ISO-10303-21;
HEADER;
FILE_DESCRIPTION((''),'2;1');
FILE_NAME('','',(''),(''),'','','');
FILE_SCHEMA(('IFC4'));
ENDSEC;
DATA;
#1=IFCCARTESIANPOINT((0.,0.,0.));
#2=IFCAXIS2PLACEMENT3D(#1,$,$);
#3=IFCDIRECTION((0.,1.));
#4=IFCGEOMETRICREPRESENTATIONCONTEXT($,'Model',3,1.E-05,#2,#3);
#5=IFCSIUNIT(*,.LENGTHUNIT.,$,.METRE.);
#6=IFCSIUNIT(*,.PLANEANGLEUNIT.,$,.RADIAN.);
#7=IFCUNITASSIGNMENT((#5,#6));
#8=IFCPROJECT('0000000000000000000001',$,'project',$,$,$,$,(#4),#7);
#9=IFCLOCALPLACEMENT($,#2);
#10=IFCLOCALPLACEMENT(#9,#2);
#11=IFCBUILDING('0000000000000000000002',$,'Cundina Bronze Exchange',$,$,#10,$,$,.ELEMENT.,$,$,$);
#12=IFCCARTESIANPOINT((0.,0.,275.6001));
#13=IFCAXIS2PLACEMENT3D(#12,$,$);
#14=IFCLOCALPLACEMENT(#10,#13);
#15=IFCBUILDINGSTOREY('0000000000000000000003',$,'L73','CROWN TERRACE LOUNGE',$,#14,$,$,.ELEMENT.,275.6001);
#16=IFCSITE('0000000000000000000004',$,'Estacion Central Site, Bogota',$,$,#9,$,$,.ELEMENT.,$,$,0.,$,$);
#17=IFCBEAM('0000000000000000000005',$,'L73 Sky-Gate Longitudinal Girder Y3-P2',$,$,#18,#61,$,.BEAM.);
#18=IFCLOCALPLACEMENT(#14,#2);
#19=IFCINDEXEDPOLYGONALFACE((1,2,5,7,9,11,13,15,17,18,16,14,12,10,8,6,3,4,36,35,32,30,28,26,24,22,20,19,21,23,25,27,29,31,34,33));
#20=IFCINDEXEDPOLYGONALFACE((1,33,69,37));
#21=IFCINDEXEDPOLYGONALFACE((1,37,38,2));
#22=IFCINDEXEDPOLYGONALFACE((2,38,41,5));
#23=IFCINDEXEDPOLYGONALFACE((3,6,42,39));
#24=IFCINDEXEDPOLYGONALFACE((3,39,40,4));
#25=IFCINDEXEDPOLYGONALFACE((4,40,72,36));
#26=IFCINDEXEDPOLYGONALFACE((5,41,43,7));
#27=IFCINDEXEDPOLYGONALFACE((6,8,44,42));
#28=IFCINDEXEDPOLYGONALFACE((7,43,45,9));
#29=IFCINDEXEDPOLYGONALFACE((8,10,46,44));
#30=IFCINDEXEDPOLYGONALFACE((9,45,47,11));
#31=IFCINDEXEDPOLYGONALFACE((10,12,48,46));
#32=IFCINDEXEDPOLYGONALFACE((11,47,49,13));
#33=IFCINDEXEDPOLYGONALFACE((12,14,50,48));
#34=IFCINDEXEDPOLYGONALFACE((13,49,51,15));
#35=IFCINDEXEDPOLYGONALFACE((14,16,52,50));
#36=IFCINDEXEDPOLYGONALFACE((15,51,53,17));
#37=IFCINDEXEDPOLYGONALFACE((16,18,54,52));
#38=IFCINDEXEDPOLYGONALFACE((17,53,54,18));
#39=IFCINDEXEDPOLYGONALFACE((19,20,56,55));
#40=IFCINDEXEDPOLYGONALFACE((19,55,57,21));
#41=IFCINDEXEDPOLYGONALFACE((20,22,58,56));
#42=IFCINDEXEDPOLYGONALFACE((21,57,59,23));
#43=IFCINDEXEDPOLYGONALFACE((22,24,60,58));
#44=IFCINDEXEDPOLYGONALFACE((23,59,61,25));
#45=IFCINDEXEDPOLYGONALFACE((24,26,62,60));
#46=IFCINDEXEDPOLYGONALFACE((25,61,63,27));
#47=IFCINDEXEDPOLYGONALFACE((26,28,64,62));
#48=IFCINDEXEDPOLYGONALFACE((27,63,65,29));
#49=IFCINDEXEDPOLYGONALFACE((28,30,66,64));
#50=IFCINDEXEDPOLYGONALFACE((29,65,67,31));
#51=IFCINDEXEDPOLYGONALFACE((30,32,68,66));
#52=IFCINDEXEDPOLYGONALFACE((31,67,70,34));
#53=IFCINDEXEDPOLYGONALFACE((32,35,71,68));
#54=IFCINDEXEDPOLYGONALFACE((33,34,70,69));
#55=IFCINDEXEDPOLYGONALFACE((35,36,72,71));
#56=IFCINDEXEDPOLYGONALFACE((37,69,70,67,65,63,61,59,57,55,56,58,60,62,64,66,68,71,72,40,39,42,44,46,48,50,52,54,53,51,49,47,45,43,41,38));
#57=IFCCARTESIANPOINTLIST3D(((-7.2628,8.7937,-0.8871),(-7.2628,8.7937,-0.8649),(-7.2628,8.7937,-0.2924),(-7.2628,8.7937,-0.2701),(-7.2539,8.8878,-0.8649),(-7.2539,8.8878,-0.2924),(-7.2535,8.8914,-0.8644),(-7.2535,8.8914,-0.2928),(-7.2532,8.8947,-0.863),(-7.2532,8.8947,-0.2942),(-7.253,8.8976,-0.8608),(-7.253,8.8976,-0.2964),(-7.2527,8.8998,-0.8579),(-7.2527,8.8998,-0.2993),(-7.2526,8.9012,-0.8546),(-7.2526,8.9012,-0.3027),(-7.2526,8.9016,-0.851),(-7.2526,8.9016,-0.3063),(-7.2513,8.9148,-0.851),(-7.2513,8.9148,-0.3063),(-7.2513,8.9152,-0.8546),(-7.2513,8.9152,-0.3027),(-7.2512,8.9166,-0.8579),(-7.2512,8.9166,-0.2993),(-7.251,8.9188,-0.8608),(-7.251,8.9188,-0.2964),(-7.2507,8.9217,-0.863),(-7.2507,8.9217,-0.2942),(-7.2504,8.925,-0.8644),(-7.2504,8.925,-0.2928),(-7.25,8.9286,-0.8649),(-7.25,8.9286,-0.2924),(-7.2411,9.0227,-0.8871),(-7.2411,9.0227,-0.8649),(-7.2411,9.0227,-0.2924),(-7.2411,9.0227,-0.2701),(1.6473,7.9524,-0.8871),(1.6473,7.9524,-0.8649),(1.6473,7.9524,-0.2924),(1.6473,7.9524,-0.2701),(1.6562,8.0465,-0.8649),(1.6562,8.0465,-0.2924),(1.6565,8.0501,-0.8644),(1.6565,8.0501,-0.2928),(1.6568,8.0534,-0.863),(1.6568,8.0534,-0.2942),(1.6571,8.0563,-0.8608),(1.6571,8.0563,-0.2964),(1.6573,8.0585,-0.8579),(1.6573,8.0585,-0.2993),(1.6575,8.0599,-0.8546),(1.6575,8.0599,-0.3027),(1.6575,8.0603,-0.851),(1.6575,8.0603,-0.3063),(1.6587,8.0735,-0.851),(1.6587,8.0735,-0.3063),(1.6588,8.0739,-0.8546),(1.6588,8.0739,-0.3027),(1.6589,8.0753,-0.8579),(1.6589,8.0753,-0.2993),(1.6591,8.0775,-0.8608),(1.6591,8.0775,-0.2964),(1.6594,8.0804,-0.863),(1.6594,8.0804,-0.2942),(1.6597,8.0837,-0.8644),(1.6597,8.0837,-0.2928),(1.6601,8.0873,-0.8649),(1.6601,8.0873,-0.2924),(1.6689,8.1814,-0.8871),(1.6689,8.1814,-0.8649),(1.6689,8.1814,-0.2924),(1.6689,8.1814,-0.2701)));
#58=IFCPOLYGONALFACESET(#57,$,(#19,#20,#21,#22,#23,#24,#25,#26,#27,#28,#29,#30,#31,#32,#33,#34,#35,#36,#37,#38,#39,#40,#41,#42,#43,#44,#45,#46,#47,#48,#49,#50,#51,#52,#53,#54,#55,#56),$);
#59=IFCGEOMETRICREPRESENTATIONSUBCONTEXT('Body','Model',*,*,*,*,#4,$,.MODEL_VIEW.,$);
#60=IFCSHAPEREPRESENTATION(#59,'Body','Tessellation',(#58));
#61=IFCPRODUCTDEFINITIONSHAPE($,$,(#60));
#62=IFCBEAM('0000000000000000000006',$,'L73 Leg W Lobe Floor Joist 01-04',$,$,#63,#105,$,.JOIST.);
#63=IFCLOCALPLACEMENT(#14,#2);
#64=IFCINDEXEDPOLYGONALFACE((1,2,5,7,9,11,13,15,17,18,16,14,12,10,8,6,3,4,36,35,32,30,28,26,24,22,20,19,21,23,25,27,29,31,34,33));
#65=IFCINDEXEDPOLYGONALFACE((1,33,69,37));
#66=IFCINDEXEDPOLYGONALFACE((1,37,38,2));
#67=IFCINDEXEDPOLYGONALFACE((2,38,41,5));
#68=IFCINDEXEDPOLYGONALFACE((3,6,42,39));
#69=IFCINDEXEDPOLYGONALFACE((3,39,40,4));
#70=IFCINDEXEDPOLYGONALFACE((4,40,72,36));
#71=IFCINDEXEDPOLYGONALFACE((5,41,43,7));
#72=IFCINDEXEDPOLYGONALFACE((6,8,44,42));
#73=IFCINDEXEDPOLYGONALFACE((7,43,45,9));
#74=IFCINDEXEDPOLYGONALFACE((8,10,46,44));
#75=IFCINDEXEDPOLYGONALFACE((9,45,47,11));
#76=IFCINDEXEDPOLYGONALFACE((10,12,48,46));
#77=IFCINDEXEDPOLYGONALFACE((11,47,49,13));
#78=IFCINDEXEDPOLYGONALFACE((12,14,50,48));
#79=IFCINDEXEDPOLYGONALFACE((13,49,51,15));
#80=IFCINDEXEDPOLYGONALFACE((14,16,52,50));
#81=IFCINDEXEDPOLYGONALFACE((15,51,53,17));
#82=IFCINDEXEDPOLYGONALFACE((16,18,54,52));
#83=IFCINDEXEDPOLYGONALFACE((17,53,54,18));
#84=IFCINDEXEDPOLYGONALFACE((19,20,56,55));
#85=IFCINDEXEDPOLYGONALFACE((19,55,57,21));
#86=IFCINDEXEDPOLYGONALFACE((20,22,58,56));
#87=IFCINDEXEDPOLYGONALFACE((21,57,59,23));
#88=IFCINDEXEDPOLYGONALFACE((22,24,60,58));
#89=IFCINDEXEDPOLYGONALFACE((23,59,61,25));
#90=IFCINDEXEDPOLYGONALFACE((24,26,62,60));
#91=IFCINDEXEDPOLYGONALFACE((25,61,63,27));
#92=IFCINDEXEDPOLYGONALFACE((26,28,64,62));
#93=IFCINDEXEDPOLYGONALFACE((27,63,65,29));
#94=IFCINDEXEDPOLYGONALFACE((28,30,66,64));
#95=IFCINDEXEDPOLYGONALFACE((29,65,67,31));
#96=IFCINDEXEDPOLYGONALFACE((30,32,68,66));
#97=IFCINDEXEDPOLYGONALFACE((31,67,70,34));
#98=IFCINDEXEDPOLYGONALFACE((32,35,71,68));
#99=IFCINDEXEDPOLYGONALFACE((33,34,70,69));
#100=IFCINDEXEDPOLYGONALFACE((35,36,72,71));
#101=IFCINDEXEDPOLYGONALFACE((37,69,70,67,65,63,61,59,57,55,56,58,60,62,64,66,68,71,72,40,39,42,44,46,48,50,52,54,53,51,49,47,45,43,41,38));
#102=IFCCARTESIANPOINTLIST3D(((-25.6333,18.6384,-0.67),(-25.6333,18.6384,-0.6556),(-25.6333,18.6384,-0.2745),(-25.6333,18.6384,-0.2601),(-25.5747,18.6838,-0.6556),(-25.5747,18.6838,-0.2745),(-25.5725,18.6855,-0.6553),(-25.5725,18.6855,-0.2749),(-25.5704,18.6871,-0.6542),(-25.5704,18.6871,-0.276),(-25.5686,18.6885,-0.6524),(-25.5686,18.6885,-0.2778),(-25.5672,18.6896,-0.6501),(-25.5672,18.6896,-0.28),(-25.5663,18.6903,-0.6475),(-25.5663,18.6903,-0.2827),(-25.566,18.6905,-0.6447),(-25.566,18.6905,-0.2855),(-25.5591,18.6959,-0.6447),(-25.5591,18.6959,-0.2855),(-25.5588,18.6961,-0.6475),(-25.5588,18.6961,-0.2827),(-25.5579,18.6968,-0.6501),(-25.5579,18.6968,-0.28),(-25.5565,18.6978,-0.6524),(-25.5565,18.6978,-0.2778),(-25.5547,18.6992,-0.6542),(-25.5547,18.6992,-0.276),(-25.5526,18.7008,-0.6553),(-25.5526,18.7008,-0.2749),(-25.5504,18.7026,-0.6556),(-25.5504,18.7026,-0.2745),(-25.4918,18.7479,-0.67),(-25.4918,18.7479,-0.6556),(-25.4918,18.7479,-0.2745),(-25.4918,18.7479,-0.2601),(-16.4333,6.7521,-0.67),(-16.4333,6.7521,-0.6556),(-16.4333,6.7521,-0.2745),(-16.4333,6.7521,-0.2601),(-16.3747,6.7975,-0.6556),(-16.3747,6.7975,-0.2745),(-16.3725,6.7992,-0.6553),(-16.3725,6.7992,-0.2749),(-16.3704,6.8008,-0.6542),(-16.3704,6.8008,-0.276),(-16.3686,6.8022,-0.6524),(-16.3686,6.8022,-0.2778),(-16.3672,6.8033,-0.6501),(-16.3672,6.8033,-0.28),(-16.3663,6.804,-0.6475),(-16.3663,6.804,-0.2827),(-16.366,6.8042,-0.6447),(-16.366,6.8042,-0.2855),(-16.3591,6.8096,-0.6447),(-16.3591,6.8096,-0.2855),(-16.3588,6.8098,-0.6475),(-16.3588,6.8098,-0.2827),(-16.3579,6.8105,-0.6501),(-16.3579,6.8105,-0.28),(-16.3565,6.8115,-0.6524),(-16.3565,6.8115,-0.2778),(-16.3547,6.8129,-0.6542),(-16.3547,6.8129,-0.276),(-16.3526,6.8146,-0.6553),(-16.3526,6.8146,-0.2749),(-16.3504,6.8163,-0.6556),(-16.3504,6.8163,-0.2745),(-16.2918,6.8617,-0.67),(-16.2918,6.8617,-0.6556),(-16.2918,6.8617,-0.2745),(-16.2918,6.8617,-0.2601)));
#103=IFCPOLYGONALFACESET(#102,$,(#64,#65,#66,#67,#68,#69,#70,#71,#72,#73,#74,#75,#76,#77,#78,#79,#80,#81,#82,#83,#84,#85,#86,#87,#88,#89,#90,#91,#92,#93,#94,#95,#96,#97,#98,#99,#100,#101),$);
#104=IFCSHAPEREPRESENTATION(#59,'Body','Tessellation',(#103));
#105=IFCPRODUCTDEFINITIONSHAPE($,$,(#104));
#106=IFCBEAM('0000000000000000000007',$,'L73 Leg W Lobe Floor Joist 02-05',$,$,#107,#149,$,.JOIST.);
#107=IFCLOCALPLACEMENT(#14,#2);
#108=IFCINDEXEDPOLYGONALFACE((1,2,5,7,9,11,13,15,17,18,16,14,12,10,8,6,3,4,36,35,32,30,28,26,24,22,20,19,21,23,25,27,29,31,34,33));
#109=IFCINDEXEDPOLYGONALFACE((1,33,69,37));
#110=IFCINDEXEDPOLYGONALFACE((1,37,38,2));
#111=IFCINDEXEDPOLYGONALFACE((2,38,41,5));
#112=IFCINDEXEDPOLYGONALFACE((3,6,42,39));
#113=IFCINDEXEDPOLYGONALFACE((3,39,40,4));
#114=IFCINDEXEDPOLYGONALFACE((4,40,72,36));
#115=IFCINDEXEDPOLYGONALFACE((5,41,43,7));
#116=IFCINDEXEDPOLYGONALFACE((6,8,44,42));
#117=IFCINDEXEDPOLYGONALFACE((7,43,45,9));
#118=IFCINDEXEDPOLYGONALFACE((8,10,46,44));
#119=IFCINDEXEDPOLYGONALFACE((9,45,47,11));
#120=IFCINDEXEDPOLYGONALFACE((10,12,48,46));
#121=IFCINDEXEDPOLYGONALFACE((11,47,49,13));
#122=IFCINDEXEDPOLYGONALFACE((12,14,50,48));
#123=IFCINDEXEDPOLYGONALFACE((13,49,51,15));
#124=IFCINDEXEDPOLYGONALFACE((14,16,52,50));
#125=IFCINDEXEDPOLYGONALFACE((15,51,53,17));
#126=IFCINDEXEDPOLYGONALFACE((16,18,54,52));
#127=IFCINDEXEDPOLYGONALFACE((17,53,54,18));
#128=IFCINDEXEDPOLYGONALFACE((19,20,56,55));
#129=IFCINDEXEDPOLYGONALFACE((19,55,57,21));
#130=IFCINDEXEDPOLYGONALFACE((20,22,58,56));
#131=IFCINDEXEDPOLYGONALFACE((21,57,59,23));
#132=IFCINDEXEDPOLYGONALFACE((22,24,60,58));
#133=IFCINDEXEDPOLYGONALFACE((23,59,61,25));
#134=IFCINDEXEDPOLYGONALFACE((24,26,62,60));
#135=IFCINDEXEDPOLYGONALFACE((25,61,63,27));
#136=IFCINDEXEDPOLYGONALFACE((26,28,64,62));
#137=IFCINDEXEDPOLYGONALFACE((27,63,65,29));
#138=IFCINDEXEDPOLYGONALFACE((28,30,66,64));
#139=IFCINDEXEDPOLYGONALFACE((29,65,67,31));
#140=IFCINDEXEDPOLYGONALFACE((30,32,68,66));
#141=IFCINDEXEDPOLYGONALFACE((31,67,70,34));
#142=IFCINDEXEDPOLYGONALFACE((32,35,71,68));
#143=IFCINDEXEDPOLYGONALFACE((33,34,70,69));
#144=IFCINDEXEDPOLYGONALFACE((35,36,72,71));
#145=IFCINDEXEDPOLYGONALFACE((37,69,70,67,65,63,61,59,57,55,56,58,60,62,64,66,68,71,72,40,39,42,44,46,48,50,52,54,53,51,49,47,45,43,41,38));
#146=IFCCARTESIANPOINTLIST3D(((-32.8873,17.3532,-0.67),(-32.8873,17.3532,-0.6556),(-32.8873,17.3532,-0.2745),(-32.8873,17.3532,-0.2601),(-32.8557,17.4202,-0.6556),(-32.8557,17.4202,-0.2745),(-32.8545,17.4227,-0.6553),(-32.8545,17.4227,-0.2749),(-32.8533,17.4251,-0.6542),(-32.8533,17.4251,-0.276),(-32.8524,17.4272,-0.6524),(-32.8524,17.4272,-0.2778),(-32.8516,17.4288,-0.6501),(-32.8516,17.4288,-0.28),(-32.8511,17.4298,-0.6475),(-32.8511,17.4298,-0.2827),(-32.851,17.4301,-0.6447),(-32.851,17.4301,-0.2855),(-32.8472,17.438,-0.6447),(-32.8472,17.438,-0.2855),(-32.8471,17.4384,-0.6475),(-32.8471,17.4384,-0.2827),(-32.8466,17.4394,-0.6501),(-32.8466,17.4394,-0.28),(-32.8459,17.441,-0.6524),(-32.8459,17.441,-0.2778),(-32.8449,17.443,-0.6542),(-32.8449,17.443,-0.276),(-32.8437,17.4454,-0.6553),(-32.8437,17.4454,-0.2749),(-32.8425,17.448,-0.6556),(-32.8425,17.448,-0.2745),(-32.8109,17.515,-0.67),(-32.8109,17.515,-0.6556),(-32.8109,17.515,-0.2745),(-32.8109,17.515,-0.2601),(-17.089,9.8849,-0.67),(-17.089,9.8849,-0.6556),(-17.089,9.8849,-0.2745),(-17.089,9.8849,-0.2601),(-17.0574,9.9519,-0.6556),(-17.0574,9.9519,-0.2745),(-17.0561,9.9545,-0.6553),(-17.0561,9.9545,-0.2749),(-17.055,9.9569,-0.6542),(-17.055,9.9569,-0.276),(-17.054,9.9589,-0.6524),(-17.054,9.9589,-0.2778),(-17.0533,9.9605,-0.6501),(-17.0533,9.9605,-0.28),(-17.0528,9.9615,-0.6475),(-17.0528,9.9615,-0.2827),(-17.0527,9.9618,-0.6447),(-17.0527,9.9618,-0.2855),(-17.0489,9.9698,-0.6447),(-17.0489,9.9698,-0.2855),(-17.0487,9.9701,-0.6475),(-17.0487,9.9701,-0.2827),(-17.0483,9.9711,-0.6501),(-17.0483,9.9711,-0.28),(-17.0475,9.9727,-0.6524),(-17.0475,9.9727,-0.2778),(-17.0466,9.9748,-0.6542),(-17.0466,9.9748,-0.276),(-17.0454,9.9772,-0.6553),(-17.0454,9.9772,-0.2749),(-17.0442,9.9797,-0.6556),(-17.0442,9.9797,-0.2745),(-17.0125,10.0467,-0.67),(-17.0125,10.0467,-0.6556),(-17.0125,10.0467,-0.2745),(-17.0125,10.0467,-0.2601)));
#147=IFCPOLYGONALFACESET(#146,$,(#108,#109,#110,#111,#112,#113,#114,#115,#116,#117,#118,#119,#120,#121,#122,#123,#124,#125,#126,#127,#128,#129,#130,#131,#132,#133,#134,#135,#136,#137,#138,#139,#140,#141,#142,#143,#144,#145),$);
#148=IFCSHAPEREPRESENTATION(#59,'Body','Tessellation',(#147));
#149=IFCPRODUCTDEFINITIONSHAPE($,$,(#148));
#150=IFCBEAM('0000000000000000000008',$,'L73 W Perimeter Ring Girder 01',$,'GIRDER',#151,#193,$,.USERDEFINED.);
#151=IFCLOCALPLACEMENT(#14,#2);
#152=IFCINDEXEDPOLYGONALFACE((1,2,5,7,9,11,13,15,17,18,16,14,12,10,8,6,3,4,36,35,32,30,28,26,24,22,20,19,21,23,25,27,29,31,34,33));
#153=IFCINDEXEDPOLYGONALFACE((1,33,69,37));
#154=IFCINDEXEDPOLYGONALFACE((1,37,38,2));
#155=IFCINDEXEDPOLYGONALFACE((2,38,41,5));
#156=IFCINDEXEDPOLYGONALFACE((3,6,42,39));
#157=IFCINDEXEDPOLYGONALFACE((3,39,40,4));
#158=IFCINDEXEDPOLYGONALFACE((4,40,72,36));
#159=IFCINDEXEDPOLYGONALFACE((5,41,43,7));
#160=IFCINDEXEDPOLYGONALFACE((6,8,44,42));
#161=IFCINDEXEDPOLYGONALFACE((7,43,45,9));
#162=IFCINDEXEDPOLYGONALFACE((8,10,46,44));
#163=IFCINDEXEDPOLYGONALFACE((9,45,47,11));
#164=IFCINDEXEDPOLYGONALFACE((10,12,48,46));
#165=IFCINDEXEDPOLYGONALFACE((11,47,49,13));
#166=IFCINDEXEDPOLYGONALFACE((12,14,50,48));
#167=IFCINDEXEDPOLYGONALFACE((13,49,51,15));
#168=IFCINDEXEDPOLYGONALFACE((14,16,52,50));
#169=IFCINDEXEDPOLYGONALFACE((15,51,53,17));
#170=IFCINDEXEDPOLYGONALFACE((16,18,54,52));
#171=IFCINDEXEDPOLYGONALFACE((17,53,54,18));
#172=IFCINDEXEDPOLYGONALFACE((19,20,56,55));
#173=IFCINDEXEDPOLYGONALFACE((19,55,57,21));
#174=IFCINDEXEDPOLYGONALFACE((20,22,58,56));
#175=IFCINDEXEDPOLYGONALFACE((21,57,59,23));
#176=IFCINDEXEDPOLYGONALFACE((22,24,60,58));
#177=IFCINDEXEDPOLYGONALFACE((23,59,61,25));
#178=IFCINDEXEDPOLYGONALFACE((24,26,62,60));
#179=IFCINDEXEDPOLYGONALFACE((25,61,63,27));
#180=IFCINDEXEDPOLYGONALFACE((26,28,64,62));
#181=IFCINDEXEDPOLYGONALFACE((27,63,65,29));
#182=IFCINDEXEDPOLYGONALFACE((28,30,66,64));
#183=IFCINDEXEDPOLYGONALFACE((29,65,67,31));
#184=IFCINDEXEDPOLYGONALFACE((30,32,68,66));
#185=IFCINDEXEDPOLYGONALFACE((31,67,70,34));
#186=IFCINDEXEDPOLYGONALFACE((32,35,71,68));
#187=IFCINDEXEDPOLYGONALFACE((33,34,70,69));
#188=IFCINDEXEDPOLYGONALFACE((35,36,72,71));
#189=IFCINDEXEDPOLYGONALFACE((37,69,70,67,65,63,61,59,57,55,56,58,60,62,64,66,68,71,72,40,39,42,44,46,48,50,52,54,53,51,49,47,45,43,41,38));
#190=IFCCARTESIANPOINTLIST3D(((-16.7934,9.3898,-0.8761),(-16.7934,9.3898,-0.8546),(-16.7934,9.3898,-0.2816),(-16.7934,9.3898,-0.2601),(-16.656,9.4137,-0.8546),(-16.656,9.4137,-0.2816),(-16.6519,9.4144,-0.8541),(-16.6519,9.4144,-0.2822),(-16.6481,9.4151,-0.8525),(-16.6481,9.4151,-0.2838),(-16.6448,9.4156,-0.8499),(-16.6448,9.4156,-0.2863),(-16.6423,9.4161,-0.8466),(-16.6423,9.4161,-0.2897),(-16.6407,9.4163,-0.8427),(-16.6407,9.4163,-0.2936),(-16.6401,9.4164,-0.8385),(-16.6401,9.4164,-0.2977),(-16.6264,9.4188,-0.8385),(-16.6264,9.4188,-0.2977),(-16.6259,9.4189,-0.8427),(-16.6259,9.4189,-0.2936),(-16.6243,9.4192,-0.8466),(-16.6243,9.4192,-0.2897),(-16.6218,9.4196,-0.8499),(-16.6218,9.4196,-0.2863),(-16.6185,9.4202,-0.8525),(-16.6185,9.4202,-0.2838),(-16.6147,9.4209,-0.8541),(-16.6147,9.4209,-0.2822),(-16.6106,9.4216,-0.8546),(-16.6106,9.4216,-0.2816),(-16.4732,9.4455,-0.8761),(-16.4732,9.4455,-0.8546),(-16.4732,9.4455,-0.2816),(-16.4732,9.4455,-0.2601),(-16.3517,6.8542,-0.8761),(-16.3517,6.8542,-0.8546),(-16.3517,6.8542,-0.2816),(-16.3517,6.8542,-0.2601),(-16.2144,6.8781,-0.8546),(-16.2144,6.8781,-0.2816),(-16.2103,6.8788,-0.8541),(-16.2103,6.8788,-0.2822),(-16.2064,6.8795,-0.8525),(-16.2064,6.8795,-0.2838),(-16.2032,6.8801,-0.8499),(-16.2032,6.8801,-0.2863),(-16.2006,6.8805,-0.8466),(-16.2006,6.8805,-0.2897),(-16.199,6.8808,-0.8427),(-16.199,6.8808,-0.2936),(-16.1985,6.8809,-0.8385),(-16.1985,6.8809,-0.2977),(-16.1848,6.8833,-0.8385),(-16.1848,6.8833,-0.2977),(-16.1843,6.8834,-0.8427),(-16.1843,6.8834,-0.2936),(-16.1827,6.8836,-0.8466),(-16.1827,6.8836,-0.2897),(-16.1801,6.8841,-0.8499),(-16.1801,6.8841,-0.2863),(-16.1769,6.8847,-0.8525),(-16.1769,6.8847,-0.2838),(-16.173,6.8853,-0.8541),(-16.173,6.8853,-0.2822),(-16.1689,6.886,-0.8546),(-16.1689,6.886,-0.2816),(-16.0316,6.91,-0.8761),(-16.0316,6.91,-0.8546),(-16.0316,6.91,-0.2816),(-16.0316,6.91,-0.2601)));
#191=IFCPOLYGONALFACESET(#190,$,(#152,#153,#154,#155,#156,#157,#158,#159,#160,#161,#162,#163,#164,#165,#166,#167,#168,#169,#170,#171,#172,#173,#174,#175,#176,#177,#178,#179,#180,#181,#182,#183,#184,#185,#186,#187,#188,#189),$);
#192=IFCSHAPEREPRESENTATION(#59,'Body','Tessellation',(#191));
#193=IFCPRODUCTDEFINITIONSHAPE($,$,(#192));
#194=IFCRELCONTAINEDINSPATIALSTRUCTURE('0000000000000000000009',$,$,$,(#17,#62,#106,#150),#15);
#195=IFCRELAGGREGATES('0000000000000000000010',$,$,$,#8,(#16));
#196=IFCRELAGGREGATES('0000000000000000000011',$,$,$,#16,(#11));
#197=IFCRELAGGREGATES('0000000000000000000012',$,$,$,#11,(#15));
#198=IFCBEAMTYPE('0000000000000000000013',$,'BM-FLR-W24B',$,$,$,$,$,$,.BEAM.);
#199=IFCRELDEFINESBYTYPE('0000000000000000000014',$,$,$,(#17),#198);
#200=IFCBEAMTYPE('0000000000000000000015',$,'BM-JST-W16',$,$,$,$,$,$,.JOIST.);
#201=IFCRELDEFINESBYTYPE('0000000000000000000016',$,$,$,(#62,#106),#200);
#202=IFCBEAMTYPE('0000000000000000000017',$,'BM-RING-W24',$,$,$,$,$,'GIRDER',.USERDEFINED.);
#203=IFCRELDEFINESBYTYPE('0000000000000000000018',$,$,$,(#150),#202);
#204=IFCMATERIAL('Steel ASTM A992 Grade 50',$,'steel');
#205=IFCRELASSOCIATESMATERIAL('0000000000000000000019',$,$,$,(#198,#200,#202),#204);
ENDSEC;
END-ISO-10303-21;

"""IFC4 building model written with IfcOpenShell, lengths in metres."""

from ifc_helpers import new_model, si_unit, direction, frame, origin, origin_2d, place, context, subcontext, project, spatial, i_section, extrude, material, material_profile, profile_set, type_object, element, save


model = new_model("IFC4")

# Units and contexts
model_context = context("Model", 3, precision=1e-05, world=origin(), true_north=direction((0.0, 1.0)))
body_context = subcontext(model_context, "Body", "Model", "MODEL_VIEW")
ifc_project = project(units=[si_unit("LENGTHUNIT", "METRE"), si_unit("PLANEANGLEUNIT", "RADIAN")], contexts=[model_context])

# Site, building, storey
site_placement = place(None, origin())
site = spatial("IfcSite", under=ifc_project, at=site_placement, Name="Estacion Central Site, Bogota", CompositionType="ELEMENT", RefElevation=0.0)
building_placement = place(site_placement, origin())
building = spatial("IfcBuilding", under=site, at=building_placement, Name="Cundina Bronze Exchange", CompositionType="ELEMENT")
storey_placement = place(building_placement, frame((0.0, 0.0, 275.6001)))
storey = spatial("IfcBuildingStorey", under=building, at=storey_placement, Name="L73", Description="CROWN TERRACE LOUNGE", CompositionType="ELEMENT", Elevation=275.6001)

# Shared definitions
ifc_material_1 = material(Name="Steel ASTM A992 Grade 50", Category="steel")

# Beams
ifc_material_profile_1 = material_profile(ifc_material_1, i_section(OverallWidth=0.23, OverallDepth=0.6169, WebThickness=0.0132, FlangeThickness=0.0222, FilletRadius=0.0139, at=origin_2d()), Name="W24X94", Category="steel")
ifc_profile_set_1 = profile_set([ifc_material_profile_1], Name="Steel ASTM A992 Grade 50")
beam_type_1 = type_object("IfcBeamType", Name="BM-FLR-W24B", PredefinedType="BEAM", material=ifc_profile_set_1)
beam_1_placement = place(storey_placement, frame((-7.252, 8.9082, -0.5786), z_axis=(0.995572, -0.094003, 0.0), x_axis=(0.094003, 0.995572, 0.0)))
element("IfcBeam", 1, at=beam_1_placement, inside=storey, type_object=beam_type_1, Name="L73 Sky-Gate Longitudinal Girder Y3-P2", PredefinedType="BEAM", context=body_context, shape_type="SweptSolid", body=[
    extrude(i_section(OverallWidth=0.23, OverallDepth=0.6169, WebThickness=0.0132, FlangeThickness=0.0222, FilletRadius=0.0139, at=origin_2d()), origin(), (0.0, 0.0, 1.0), 8.9497),
])
ifc_material_profile_2 = material_profile(ifc_material_1, i_section(OverallWidth=0.179, OverallDepth=0.4099, WebThickness=0.0088, FlangeThickness=0.0144, FilletRadius=0.011, at=origin_2d()), Name="W16X45", Category="steel")
ifc_profile_set_2 = profile_set([ifc_material_profile_2], Name="Steel ASTM A992 Grade 50")
beam_type_2 = type_object("IfcBeamType", Name="BM-JST-W16", PredefinedType="JOIST", material=ifc_profile_set_2)
beam_2_placement = place(storey_placement, frame((-16.3625, 6.8069, -0.4651), z_axis=(-0.612078, 0.790798, 0.0), x_axis=(-0.790798, -0.612078, 0.0)))
element("IfcBeam", 2, at=beam_2_placement, inside=storey, type_object=beam_type_2, Name="L73 Leg W Lobe Floor Joist 01-04", PredefinedType="JOIST", context=body_context, shape_type="SweptSolid", body=[
    extrude(i_section(OverallWidth=0.179, OverallDepth=0.4099, WebThickness=0.0088, FlangeThickness=0.0144, FilletRadius=0.011, at=origin_2d()), origin(), (0.0, 0.0, 1.0), 15.0308),
])
beam_3_placement = place(storey_placement, frame((-17.0508, 9.9658, -0.4651), z_axis=(-0.904073, 0.427378, 0.0), x_axis=(-0.427378, -0.904073, 0.0)))
element("IfcBeam", 3, at=beam_3_placement, inside=storey, type_object=beam_type_2, Name="L73 Leg W Lobe Floor Joist 02-05", PredefinedType="JOIST", context=body_context, shape_type="SweptSolid", body=[
    extrude(i_section(OverallWidth=0.179, OverallDepth=0.4099, WebThickness=0.0088, FlangeThickness=0.0144, FilletRadius=0.011, at=origin_2d()), origin(), (0.0, 0.0, 1.0), 17.4746),
])
ifc_material_profile_3 = material_profile(ifc_material_1, i_section(OverallWidth=0.325, OverallDepth=0.616, WebThickness=0.0139, FlangeThickness=0.0215, FilletRadius=0.0161, at=origin_2d()), Name="W24X117", Category="steel")
ifc_profile_set_3 = profile_set([ifc_material_profile_3], Name="Steel ASTM A992 Grade 50")
beam_type_3 = type_object("IfcBeamType", Name="BM-RING-W24", ElementType="GIRDER", PredefinedType="USERDEFINED", material=ifc_profile_set_3)
beam_4_placement = place(storey_placement, frame((-16.1917, 6.8821, -0.5681), z_axis=(-0.171593, 0.985168, 0.0), x_axis=(-0.985168, -0.171593, 0.0)))
element("IfcBeam", 4, at=beam_4_placement, inside=storey, type_object=beam_type_3, Name="L73 W Perimeter Ring Girder 01", ObjectType="GIRDER", PredefinedType="USERDEFINED", context=body_context, shape_type="SweptSolid", body=[
    extrude(i_section(OverallWidth=0.325, OverallDepth=0.616, WebThickness=0.0139, FlangeThickness=0.0215, FilletRadius=0.0161, at=origin_2d()), origin(), (0.0, 0.0, 1.0), 2.5737),
])

save(model, "model.ifc")
